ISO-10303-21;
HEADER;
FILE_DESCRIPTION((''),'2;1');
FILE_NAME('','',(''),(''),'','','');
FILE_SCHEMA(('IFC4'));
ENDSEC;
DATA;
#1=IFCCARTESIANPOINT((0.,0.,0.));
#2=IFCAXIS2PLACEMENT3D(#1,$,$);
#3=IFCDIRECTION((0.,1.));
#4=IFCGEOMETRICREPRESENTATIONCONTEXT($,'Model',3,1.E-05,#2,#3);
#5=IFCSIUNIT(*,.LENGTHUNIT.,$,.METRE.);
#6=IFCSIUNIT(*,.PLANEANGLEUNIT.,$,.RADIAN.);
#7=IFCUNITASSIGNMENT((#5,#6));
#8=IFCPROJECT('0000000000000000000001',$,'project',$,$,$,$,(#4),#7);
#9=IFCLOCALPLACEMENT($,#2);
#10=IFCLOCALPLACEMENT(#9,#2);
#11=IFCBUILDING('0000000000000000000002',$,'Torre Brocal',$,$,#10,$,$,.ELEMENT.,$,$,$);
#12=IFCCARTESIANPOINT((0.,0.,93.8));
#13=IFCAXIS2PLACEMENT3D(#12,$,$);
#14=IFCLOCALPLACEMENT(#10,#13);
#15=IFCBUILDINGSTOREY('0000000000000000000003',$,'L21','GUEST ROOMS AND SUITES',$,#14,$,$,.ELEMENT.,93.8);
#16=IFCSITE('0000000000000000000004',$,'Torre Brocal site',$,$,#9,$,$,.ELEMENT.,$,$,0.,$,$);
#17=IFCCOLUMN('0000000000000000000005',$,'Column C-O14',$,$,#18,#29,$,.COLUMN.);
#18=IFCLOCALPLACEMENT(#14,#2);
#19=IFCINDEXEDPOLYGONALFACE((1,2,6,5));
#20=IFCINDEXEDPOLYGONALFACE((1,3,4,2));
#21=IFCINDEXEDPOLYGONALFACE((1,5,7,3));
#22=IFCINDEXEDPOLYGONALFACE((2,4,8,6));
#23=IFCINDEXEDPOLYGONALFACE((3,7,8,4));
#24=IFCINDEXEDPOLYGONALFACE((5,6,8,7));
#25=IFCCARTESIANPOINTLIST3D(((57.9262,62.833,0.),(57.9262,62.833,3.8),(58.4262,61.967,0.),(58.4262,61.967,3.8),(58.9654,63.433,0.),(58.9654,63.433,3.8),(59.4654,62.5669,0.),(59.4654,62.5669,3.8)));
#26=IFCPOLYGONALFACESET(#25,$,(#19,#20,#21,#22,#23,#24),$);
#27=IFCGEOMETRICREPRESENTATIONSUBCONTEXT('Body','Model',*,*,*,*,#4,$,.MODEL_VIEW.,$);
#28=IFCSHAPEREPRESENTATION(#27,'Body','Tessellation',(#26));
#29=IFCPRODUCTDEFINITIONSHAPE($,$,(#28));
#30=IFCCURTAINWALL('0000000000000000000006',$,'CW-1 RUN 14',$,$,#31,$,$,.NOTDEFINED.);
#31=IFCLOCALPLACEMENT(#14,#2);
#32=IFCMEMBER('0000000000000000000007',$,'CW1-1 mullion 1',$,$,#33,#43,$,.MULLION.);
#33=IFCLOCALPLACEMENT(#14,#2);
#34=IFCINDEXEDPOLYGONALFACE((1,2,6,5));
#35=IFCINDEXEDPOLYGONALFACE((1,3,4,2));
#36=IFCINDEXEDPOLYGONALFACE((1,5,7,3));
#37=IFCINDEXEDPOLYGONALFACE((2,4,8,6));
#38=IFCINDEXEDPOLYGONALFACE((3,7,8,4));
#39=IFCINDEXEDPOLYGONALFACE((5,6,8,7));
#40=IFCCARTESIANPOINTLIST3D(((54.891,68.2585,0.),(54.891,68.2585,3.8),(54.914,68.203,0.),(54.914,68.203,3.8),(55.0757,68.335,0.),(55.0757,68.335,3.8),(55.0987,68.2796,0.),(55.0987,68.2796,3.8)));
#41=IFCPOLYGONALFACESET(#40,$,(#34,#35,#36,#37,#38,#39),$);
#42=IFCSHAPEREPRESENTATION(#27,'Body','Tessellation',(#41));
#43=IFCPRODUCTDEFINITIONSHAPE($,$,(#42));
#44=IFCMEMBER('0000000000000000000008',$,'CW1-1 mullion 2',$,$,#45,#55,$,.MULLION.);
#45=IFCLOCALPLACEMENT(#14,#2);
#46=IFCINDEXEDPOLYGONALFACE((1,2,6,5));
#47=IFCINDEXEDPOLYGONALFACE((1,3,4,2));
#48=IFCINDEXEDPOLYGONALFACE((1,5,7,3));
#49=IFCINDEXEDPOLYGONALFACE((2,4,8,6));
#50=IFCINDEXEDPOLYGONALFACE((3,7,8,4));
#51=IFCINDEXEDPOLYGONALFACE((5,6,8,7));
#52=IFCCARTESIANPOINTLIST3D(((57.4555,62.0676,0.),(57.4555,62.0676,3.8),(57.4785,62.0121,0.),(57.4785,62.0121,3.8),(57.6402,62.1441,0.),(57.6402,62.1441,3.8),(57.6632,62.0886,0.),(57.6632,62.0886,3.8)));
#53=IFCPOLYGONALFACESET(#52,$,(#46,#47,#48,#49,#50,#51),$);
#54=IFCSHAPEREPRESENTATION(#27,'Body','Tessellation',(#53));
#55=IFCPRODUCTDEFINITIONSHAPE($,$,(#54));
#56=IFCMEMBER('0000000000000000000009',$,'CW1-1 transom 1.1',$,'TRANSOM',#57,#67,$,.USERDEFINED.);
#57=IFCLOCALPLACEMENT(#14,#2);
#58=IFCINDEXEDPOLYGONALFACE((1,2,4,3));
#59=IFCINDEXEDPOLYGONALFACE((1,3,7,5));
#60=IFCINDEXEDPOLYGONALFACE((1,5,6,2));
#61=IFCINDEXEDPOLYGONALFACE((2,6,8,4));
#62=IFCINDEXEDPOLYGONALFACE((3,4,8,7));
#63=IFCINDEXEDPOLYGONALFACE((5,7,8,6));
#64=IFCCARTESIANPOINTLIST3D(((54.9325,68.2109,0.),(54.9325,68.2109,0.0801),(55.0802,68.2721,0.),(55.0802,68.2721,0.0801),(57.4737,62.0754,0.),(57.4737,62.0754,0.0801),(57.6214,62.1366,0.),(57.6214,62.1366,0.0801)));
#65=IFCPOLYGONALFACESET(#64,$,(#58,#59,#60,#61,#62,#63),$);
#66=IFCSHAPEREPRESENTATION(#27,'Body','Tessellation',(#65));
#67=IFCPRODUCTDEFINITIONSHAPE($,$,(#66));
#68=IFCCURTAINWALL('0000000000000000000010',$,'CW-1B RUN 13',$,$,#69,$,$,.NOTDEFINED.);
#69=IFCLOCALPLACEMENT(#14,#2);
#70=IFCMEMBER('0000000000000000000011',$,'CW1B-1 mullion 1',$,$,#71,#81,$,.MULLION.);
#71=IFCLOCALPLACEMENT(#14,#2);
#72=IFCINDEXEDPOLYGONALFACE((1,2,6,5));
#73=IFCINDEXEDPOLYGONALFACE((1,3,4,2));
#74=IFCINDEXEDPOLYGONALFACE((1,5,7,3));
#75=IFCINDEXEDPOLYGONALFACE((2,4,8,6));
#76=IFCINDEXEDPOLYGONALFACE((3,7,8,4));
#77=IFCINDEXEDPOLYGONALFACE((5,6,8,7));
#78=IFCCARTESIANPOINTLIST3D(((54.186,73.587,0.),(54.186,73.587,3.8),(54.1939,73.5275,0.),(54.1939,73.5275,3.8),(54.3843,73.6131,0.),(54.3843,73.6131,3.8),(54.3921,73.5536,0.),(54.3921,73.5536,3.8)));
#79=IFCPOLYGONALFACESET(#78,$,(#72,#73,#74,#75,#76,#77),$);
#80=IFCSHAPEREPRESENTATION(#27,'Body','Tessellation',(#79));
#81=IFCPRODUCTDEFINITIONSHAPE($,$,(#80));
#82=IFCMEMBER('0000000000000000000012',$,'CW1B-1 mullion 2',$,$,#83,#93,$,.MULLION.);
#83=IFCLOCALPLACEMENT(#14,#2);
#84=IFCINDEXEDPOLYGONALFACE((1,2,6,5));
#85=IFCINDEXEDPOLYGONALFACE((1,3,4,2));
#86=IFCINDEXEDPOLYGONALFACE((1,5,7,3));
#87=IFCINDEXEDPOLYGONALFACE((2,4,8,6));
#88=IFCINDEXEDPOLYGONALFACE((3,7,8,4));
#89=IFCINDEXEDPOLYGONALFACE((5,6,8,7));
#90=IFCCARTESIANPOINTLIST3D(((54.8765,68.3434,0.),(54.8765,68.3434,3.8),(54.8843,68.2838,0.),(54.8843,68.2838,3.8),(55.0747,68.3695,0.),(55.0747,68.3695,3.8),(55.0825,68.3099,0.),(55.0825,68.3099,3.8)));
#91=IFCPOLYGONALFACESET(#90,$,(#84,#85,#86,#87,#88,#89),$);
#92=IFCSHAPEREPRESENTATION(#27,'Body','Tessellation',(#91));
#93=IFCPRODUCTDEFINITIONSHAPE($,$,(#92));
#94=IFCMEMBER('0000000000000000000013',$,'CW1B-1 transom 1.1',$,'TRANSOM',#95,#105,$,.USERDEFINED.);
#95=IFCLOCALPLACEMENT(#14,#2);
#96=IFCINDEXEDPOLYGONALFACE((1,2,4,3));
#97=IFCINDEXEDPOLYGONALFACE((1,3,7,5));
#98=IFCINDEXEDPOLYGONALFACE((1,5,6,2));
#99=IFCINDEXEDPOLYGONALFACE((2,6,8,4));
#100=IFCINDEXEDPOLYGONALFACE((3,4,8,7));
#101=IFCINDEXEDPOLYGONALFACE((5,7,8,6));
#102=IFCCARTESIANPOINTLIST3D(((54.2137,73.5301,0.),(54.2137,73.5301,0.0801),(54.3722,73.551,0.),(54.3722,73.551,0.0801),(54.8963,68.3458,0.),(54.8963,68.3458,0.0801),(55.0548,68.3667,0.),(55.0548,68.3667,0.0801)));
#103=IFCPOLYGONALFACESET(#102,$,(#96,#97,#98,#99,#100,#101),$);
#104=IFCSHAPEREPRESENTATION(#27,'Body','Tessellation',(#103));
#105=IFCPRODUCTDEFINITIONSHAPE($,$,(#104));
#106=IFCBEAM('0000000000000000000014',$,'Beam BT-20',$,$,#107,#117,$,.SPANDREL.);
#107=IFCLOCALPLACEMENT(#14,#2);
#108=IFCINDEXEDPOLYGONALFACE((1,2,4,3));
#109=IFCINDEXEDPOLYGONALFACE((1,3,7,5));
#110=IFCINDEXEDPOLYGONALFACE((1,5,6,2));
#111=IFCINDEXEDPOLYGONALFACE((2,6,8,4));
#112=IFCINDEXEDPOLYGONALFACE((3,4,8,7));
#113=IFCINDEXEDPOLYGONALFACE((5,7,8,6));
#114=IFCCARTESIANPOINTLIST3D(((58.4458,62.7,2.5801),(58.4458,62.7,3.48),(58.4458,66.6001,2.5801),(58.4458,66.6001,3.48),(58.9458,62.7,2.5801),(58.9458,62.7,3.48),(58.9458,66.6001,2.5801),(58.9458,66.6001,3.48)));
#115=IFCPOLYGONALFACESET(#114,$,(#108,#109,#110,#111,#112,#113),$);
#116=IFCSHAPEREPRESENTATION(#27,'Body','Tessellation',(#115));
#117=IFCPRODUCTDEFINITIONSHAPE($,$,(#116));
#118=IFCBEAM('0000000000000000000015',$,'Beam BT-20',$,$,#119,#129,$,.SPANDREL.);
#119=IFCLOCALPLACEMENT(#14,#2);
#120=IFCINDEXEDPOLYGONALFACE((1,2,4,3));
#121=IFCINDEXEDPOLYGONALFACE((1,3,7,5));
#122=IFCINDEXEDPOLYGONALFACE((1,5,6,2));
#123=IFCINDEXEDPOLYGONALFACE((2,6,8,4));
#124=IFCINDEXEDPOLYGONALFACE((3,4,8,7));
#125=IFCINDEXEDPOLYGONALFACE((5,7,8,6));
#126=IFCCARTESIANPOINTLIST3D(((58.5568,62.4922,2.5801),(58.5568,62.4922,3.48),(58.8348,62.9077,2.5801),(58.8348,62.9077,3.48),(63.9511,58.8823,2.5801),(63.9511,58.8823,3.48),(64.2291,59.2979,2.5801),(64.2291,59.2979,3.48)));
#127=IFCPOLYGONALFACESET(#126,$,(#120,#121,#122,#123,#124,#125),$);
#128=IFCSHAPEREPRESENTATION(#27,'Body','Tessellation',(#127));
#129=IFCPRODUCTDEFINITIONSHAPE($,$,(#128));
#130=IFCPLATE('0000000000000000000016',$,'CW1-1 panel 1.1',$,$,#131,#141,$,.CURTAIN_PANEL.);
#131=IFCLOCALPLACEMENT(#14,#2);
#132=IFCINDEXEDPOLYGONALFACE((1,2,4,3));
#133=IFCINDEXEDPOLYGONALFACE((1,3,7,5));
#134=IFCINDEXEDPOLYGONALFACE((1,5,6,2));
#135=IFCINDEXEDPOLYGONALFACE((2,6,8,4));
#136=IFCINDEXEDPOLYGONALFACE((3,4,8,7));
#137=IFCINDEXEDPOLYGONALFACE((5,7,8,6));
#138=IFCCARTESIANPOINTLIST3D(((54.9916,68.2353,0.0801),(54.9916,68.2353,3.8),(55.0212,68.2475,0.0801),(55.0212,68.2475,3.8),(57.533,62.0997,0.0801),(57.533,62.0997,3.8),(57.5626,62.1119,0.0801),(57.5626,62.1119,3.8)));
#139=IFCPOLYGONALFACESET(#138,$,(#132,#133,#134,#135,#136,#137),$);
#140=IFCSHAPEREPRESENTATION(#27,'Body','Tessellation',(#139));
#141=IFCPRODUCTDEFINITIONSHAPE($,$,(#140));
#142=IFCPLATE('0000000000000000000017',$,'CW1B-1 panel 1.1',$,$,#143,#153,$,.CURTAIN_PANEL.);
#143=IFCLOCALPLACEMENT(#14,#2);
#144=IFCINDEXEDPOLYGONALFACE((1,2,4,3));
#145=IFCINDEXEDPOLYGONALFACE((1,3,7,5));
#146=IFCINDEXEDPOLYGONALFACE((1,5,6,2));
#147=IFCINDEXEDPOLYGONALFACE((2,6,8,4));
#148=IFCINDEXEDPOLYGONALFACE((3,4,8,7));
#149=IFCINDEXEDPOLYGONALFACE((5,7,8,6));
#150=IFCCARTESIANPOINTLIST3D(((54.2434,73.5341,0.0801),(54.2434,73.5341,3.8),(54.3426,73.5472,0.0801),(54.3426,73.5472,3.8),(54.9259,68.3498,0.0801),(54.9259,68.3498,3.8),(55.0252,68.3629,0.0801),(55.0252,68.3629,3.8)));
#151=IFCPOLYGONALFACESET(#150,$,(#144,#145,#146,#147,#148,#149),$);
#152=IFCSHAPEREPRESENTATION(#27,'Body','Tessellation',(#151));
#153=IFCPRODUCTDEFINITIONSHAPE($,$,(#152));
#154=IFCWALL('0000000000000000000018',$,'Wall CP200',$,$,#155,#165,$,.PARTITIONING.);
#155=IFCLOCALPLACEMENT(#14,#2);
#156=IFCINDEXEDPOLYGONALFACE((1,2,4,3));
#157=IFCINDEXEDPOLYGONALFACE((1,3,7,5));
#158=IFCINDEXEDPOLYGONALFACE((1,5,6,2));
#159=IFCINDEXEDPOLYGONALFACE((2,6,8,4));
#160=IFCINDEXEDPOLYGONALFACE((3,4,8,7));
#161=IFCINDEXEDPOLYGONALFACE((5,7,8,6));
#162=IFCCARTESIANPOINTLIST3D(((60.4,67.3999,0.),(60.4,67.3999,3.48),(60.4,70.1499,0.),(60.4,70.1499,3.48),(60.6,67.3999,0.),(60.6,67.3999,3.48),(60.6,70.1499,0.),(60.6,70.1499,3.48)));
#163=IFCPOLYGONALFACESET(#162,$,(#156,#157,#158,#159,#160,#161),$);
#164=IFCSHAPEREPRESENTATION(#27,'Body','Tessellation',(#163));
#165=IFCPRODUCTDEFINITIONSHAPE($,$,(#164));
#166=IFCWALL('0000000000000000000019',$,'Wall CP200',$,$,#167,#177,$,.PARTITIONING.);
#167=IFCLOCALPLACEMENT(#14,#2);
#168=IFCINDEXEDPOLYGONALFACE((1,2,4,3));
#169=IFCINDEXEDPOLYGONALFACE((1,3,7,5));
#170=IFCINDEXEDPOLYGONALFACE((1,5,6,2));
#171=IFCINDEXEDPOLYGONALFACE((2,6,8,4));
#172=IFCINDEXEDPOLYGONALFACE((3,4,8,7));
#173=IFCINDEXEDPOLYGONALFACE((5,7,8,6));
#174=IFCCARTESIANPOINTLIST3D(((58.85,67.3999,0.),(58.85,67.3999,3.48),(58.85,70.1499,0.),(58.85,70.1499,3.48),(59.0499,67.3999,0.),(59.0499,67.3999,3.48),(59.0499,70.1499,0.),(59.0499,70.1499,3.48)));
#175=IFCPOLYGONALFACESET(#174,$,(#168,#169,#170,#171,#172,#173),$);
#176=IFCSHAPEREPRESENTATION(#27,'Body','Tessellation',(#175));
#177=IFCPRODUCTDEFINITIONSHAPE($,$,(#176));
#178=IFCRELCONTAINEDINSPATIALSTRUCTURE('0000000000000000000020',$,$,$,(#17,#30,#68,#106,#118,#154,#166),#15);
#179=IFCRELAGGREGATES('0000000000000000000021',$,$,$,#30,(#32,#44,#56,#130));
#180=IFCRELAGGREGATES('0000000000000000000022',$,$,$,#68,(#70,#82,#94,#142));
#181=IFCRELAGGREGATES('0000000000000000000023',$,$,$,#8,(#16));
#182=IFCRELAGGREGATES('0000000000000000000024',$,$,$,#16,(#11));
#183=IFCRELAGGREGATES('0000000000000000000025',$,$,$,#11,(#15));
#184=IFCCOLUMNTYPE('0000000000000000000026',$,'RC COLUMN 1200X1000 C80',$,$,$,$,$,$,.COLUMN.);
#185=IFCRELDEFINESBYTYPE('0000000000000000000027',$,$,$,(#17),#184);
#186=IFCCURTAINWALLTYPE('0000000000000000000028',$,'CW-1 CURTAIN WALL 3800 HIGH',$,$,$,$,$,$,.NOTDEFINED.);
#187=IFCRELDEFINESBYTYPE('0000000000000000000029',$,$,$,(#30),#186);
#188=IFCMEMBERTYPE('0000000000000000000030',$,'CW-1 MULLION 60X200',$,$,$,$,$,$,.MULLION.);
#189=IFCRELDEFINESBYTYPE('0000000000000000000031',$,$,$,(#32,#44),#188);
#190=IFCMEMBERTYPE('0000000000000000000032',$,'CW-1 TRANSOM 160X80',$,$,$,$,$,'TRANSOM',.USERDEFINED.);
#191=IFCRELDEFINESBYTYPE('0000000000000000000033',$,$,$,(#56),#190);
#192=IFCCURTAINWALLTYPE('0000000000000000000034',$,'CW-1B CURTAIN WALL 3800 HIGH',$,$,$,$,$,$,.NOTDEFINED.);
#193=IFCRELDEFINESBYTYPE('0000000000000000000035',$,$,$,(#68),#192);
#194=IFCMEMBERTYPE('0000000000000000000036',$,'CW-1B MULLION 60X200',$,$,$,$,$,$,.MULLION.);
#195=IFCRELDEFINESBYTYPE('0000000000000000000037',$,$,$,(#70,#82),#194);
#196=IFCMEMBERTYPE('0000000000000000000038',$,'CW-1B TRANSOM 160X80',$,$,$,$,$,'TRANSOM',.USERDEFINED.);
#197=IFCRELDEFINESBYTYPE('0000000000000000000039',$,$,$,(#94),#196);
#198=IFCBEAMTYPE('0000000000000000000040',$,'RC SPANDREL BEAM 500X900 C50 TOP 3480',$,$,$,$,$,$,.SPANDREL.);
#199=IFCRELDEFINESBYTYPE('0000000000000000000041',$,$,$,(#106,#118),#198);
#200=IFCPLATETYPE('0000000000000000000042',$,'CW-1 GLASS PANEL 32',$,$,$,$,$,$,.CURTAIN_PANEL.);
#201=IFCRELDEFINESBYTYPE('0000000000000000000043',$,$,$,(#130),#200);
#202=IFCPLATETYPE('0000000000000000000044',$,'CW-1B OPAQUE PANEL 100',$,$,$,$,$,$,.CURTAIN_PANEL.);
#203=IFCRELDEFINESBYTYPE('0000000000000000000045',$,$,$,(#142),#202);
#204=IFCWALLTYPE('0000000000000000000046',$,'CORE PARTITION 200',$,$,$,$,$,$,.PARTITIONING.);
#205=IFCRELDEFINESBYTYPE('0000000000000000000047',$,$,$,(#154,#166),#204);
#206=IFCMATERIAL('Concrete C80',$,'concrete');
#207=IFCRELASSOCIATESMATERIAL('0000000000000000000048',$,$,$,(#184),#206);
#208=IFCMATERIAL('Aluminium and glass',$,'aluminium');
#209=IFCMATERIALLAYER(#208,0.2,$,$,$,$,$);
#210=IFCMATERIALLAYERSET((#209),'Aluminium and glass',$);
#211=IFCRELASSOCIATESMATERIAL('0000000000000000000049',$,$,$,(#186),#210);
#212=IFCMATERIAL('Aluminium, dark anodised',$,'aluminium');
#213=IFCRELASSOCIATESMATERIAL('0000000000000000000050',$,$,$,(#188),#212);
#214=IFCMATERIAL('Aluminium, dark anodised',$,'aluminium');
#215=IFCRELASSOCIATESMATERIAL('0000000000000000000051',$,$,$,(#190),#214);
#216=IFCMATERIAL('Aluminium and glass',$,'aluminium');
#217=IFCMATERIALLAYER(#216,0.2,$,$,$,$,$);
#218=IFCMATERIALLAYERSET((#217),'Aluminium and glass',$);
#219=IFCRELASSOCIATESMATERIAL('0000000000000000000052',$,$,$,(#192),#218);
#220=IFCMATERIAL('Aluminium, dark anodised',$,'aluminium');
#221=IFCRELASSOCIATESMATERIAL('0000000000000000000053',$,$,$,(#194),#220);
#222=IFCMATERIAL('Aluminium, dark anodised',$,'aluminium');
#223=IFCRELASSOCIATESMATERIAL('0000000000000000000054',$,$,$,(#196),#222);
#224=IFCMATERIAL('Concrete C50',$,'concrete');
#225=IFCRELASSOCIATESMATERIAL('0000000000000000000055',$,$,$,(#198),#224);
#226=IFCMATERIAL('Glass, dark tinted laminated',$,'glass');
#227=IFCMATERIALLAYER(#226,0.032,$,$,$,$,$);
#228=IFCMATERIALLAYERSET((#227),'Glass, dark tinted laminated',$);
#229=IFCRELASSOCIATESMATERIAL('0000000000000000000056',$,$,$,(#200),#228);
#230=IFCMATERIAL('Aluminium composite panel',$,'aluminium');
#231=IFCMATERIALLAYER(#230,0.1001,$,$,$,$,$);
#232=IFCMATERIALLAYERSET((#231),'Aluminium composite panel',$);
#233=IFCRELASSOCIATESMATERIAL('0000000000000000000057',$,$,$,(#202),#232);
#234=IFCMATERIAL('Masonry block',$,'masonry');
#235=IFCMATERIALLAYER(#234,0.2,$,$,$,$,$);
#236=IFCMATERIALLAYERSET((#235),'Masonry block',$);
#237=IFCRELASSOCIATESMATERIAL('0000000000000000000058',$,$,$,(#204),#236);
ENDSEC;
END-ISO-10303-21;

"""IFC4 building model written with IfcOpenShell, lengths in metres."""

from ifc_helpers import new_model, si_unit, direction, frame, frame_2d, origin, origin_2d, place, context, subcontext, project, spatial, rectangle, extrude, material, layer, layer_set, material_profile, profile_set, type_object, element, aggregate, save


model = new_model("IFC4")

# Units and contexts
model_context = context("Model", 3, precision=1e-05, world=origin(), true_north=direction((0.0, 1.0)))
body_context = subcontext(model_context, "Body", "Model", "MODEL_VIEW")
ifc_project = project(units=[si_unit("LENGTHUNIT", "METRE"), si_unit("PLANEANGLEUNIT", "RADIAN")], contexts=[model_context])

# Site, building, storey
site_placement = place(None, origin())
site = spatial("IfcSite", under=ifc_project, at=site_placement, Name="Torre Brocal site", CompositionType="ELEMENT", RefElevation=0.0)
building_placement = place(site_placement, origin())
building = spatial("IfcBuilding", under=site, at=building_placement, Name="Torre Brocal", CompositionType="ELEMENT")
storey_placement = place(building_placement, frame((0.0, 0.0, 93.8)))
storey = spatial("IfcBuildingStorey", under=building, at=storey_placement, Name="L21", Description="GUEST ROOMS AND SUITES", CompositionType="ELEMENT", Elevation=93.8)

# Column
ifc_material_1 = material(Name="Concrete C80", Category="concrete")
ifc_material_profile_1 = material_profile(ifc_material_1, rectangle(XDim=1.2, YDim=1.0, at=origin_2d()), Name="RC 1200X1000")
ifc_profile_set_1 = profile_set([ifc_material_profile_1], Name="Concrete C80")
column_type = type_object("IfcColumnType", Name="RC COLUMN 1200X1000 C80", PredefinedType="COLUMN", material=ifc_profile_set_1)
column_placement = place(storey_placement, frame((58.6958, 62.7, 0.0), z_axis=(0.0, 0.0, 1.0), x_axis=(-0.866025, -0.5, 0.0)))
element("IfcColumn", 1, at=column_placement, inside=storey, type_object=column_type, Name="Column C-O14", PredefinedType="COLUMN", context=body_context, shape_type="SweptSolid", body=[
    extrude(rectangle(XDim=1.2, YDim=1.0, at=origin_2d()), origin(), (0.0, 0.0, 1.0), 3.8),
])

# Curtain walls, members
ifc_material_2 = material(Name="Aluminium and glass", Category="aluminium")
ifc_layer_1 = layer(ifc_material_2, 0.2)
ifc_layer_set_1 = layer_set([ifc_layer_1], Name="Aluminium and glass")
curtain_wall_type_1 = type_object("IfcCurtainWallType", Name="CW-1 CURTAIN WALL 3800 HIGH", PredefinedType="NOTDEFINED", material=ifc_layer_set_1)
curtain_wall_1_placement = place(storey_placement, origin())
curtain_wall_1 = element("IfcCurtainWall", 2, at=curtain_wall_1_placement, inside=storey, type_object=curtain_wall_type_1, Name="CW-1 RUN 14", PredefinedType="NOTDEFINED")
ifc_material_3 = material(Name="Aluminium, dark anodised", Category="aluminium")
ifc_material_profile_2 = material_profile(ifc_material_3, rectangle(XDim=0.2, YDim=0.0601, at=origin_2d()), Name="CW-1 MULLION 60X200")
ifc_profile_set_2 = profile_set([ifc_material_profile_2], Name="Aluminium, dark anodised")
member_type_1 = type_object("IfcMemberType", Name="CW-1 MULLION 60X200", PredefinedType="MULLION", material=ifc_profile_set_2)
member_1_placement = place(storey_placement, frame((54.9949, 68.269, 0.0), z_axis=(0.0, 0.0, 1.0), x_axis=(0.92388, 0.382683, 0.0)))
member_1 = element("IfcMember", 3, at=member_1_placement, type_object=member_type_1, Name="CW1-1 mullion 1", PredefinedType="MULLION", context=body_context, shape_type="SweptSolid", body=[
    extrude(rectangle(XDim=0.2, YDim=0.0601, at=origin_2d()), origin(), (0.0, 0.0, 1.0), 3.8),
])
member_2_placement = place(storey_placement, frame((57.5593, 62.0781, 0.0), z_axis=(0.0, 0.0, 1.0), x_axis=(0.92388, 0.382683, 0.0)))
member_2 = element("IfcMember", 4, at=member_2_placement, type_object=member_type_1, Name="CW1-1 mullion 2", PredefinedType="MULLION", context=body_context, shape_type="SweptSolid", body=[
    extrude(rectangle(XDim=0.2, YDim=0.0601, at=origin_2d()), origin(), (0.0, 0.0, 1.0), 3.8),
])
ifc_material_4 = material(Name="Aluminium, dark anodised", Category="aluminium")
ifc_material_profile_3 = material_profile(ifc_material_4, rectangle(XDim=0.1599, YDim=0.0801, at=origin_2d()), Name="CW-1 TRANSOM 160X80")
ifc_profile_set_3 = profile_set([ifc_material_profile_3], Name="Aluminium, dark anodised")
member_type_2 = type_object("IfcMemberType", Name="CW-1 TRANSOM 160X80", ElementType="TRANSOM", PredefinedType="USERDEFINED", material=ifc_profile_set_3)
member_3_placement = place(storey_placement, frame((55.0063, 68.2415, 0.04), z_axis=(0.382665, -0.923887, 0.0), x_axis=(0.923887, 0.382665, 0.0)))
member_3 = element("IfcMember", 5, at=member_3_placement, type_object=member_type_2, Name="CW1-1 transom 1.1", ObjectType="TRANSOM", PredefinedType="USERDEFINED", context=body_context, shape_type="SweptSolid", body=[
    extrude(rectangle(XDim=0.1599, YDim=0.0801, at=origin_2d()), origin(), (0.0, 0.0, 1.0), 6.6409),
])
ifc_material_5 = material(Name="Aluminium and glass", Category="aluminium")
ifc_layer_2 = layer(ifc_material_5, 0.2)
ifc_layer_set_2 = layer_set([ifc_layer_2], Name="Aluminium and glass")
curtain_wall_type_2 = type_object("IfcCurtainWallType", Name="CW-1B CURTAIN WALL 3800 HIGH", PredefinedType="NOTDEFINED", material=ifc_layer_set_2)
curtain_wall_2_placement = place(storey_placement, origin())
curtain_wall_2 = element("IfcCurtainWall", 6, at=curtain_wall_2_placement, inside=storey, type_object=curtain_wall_type_2, Name="CW-1B RUN 13", PredefinedType="NOTDEFINED")
ifc_material_6 = material(Name="Aluminium, dark anodised", Category="aluminium")
ifc_material_profile_4 = material_profile(ifc_material_6, rectangle(XDim=0.2, YDim=0.0601, at=origin_2d()), Name="CW-1B MULLION 60X200")
ifc_profile_set_4 = profile_set([ifc_material_profile_4], Name="Aluminium, dark anodised")
member_type_3 = type_object("IfcMemberType", Name="CW-1B MULLION 60X200", PredefinedType="MULLION", material=ifc_profile_set_4)
member_4_placement = place(storey_placement, frame((54.2891, 73.5703, 0.0), z_axis=(0.0, 0.0, 1.0), x_axis=(0.991445, 0.130526, 0.0)))
member_4 = element("IfcMember", 7, at=member_4_placement, type_object=member_type_3, Name="CW1B-1 mullion 1", PredefinedType="MULLION", context=body_context, shape_type="SweptSolid", body=[
    extrude(rectangle(XDim=0.2, YDim=0.0601, at=origin_2d()), origin(), (0.0, 0.0, 1.0), 3.8),
])
member_5_placement = place(storey_placement, frame((54.9795, 68.3267, 0.0), z_axis=(0.0, 0.0, 1.0), x_axis=(0.991445, 0.130526, 0.0)))
member_5 = element("IfcMember", 8, at=member_5_placement, type_object=member_type_3, Name="CW1B-1 mullion 2", PredefinedType="MULLION", context=body_context, shape_type="SweptSolid", body=[
    extrude(rectangle(XDim=0.2, YDim=0.0601, at=origin_2d()), origin(), (0.0, 0.0, 1.0), 3.8),
])
ifc_material_7 = material(Name="Aluminium, dark anodised", Category="aluminium")
ifc_material_profile_5 = material_profile(ifc_material_7, rectangle(XDim=0.1599, YDim=0.0801, at=origin_2d()), Name="CW-1B TRANSOM 160X80")
ifc_profile_set_5 = profile_set([ifc_material_profile_5], Name="Aluminium, dark anodised")
member_type_4 = type_object("IfcMemberType", Name="CW-1B TRANSOM 160X80", ElementType="TRANSOM", PredefinedType="USERDEFINED", material=ifc_profile_set_5)
member_6_placement = place(storey_placement, frame((54.293, 73.5405, 0.04), z_axis=(0.130543, -0.991443, 0.0), x_axis=(0.991443, 0.130543, 0.0)))
member_6 = element("IfcMember", 9, at=member_6_placement, type_object=member_type_4, Name="CW1B-1 transom 1.1", ObjectType="TRANSOM", PredefinedType="USERDEFINED", context=body_context, shape_type="SweptSolid", body=[
    extrude(rectangle(XDim=0.1599, YDim=0.0801, at=origin_2d()), origin(), (0.0, 0.0, 1.0), 5.229),
])

# Beams
ifc_material_8 = material(Name="Concrete C50", Category="concrete")
ifc_material_profile_6 = material_profile(ifc_material_8, rectangle(XDim=0.5, YDim=0.8999, at=origin_2d()), Name="RC 500X900")
ifc_profile_set_6 = profile_set([ifc_material_profile_6], Name="Concrete C50")
beam_type = type_object("IfcBeamType", Name="RC SPANDREL BEAM 500X900 C50 TOP 3480", PredefinedType="SPANDREL", material=ifc_profile_set_6)
beam_1_placement = place(storey_placement, frame((58.6958, 62.7, 3.03), z_axis=(0.0, 1.0, 0.0), x_axis=(-1.0, 0.0, 0.0)))
element("IfcBeam", 10, at=beam_1_placement, inside=storey, type_object=beam_type, Name="Beam BT-20", PredefinedType="SPANDREL", context=body_context, shape_type="SweptSolid", body=[
    extrude(rectangle(XDim=0.5, YDim=0.8999, at=origin_2d()), origin(), (0.0, 0.0, 1.0), 3.9001),
])
beam_2_placement = place(storey_placement, frame((58.6958, 62.7, 3.03), z_axis=(0.831077, -0.556158, 0.0), x_axis=(0.556158, 0.831077, 0.0)))
element("IfcBeam", 11, at=beam_2_placement, inside=storey, type_object=beam_type, Name="Beam BT-20", PredefinedType="SPANDREL", context=body_context, shape_type="SweptSolid", body=[
    extrude(rectangle(XDim=0.5, YDim=0.8999, at=origin_2d()), origin(), (0.0, 0.0, 1.0), 6.4907),
])

# Plates
ifc_material_9 = material(Name="Glass, dark tinted laminated", Category="glass")
ifc_layer_3 = layer(ifc_material_9, 0.032)
ifc_layer_set_3 = layer_set([ifc_layer_3], Name="Glass, dark tinted laminated")
plate_type_1 = type_object("IfcPlateType", Name="CW-1 GLASS PANEL 32", PredefinedType="CURTAIN_PANEL", material=ifc_layer_set_3)
plate_1_placement = place(storey_placement, frame((56.2771, 65.1736, 0.0801), z_axis=(0.0, 0.0, 1.0), x_axis=(0.382683, -0.92388, 0.0)))
plate_1 = element("IfcPlate", 12, at=plate_1_placement, type_object=plate_type_1, Name="CW1-1 panel 1.1", PredefinedType="CURTAIN_PANEL", context=body_context, shape_type="SweptSolid", body=[
    extrude(rectangle(XDim=6.6411, YDim=0.032, at=origin_2d()), origin(), (0.0, 0.0, 1.0), 3.72),
])
aggregate(curtain_wall_1, [member_1, member_2, member_3, plate_1])
ifc_material_10 = material(Name="Aluminium composite panel", Category="aluminium")
ifc_layer_4 = layer(ifc_material_10, 0.1001)
ifc_layer_set_4 = layer_set([ifc_layer_4], Name="Aluminium composite panel")
plate_type_2 = type_object("IfcPlateType", Name="CW-1B OPAQUE PANEL 100", PredefinedType="CURTAIN_PANEL", material=ifc_layer_set_4)
plate_2_placement = place(storey_placement, frame((54.6343, 70.9485, 0.0801), z_axis=(0.0, 0.0, 1.0), x_axis=(0.130526, -0.991445, 0.0)))
plate_2 = element("IfcPlate", 13, at=plate_2_placement, type_object=plate_type_2, Name="CW1B-1 panel 1.1", PredefinedType="CURTAIN_PANEL", context=body_context, shape_type="SweptSolid", body=[
    extrude(rectangle(XDim=5.229, YDim=0.1001, at=origin_2d()), origin(), (0.0, 0.0, 1.0), 3.72),
])
aggregate(curtain_wall_2, [member_4, member_5, member_6, plate_2])

# Walls
ifc_material_11 = material(Name="Masonry block", Category="masonry")
ifc_layer_5 = layer(ifc_material_11, 0.2)
ifc_layer_set_5 = layer_set([ifc_layer_5], Name="Masonry block")
wall_type_1 = type_object("IfcWallType", Name="CORE PARTITION 200", PredefinedType="PARTITIONING", material=ifc_layer_set_5)
for number, where, z_axis, x_axis, name in (
    (14, (60.5, 70.1499, 0.0), (0.0, 0.0, 1.0), (0.0, -1.0, 0.0), "Wall CP200"),
    (15, (58.95, 70.1499, 0.0), (0.0, 0.0, 1.0), (0.0, -1.0, 0.0), "Wall CP200"),
):
    element("IfcWall", number, at=place(storey_placement, frame(where, z_axis=z_axis, x_axis=x_axis)), inside=storey, type_object=wall_type_1, Name=name, PredefinedType="PARTITIONING", context=body_context, shape_type="SweptSolid", body=[
        extrude(rectangle(XDim=2.75, YDim=0.2, at=frame_2d((1.375, 0.0))), origin(), (0.0, 0.0, 1.0), 3.48),
    ])

save(model, "model.ifc")
